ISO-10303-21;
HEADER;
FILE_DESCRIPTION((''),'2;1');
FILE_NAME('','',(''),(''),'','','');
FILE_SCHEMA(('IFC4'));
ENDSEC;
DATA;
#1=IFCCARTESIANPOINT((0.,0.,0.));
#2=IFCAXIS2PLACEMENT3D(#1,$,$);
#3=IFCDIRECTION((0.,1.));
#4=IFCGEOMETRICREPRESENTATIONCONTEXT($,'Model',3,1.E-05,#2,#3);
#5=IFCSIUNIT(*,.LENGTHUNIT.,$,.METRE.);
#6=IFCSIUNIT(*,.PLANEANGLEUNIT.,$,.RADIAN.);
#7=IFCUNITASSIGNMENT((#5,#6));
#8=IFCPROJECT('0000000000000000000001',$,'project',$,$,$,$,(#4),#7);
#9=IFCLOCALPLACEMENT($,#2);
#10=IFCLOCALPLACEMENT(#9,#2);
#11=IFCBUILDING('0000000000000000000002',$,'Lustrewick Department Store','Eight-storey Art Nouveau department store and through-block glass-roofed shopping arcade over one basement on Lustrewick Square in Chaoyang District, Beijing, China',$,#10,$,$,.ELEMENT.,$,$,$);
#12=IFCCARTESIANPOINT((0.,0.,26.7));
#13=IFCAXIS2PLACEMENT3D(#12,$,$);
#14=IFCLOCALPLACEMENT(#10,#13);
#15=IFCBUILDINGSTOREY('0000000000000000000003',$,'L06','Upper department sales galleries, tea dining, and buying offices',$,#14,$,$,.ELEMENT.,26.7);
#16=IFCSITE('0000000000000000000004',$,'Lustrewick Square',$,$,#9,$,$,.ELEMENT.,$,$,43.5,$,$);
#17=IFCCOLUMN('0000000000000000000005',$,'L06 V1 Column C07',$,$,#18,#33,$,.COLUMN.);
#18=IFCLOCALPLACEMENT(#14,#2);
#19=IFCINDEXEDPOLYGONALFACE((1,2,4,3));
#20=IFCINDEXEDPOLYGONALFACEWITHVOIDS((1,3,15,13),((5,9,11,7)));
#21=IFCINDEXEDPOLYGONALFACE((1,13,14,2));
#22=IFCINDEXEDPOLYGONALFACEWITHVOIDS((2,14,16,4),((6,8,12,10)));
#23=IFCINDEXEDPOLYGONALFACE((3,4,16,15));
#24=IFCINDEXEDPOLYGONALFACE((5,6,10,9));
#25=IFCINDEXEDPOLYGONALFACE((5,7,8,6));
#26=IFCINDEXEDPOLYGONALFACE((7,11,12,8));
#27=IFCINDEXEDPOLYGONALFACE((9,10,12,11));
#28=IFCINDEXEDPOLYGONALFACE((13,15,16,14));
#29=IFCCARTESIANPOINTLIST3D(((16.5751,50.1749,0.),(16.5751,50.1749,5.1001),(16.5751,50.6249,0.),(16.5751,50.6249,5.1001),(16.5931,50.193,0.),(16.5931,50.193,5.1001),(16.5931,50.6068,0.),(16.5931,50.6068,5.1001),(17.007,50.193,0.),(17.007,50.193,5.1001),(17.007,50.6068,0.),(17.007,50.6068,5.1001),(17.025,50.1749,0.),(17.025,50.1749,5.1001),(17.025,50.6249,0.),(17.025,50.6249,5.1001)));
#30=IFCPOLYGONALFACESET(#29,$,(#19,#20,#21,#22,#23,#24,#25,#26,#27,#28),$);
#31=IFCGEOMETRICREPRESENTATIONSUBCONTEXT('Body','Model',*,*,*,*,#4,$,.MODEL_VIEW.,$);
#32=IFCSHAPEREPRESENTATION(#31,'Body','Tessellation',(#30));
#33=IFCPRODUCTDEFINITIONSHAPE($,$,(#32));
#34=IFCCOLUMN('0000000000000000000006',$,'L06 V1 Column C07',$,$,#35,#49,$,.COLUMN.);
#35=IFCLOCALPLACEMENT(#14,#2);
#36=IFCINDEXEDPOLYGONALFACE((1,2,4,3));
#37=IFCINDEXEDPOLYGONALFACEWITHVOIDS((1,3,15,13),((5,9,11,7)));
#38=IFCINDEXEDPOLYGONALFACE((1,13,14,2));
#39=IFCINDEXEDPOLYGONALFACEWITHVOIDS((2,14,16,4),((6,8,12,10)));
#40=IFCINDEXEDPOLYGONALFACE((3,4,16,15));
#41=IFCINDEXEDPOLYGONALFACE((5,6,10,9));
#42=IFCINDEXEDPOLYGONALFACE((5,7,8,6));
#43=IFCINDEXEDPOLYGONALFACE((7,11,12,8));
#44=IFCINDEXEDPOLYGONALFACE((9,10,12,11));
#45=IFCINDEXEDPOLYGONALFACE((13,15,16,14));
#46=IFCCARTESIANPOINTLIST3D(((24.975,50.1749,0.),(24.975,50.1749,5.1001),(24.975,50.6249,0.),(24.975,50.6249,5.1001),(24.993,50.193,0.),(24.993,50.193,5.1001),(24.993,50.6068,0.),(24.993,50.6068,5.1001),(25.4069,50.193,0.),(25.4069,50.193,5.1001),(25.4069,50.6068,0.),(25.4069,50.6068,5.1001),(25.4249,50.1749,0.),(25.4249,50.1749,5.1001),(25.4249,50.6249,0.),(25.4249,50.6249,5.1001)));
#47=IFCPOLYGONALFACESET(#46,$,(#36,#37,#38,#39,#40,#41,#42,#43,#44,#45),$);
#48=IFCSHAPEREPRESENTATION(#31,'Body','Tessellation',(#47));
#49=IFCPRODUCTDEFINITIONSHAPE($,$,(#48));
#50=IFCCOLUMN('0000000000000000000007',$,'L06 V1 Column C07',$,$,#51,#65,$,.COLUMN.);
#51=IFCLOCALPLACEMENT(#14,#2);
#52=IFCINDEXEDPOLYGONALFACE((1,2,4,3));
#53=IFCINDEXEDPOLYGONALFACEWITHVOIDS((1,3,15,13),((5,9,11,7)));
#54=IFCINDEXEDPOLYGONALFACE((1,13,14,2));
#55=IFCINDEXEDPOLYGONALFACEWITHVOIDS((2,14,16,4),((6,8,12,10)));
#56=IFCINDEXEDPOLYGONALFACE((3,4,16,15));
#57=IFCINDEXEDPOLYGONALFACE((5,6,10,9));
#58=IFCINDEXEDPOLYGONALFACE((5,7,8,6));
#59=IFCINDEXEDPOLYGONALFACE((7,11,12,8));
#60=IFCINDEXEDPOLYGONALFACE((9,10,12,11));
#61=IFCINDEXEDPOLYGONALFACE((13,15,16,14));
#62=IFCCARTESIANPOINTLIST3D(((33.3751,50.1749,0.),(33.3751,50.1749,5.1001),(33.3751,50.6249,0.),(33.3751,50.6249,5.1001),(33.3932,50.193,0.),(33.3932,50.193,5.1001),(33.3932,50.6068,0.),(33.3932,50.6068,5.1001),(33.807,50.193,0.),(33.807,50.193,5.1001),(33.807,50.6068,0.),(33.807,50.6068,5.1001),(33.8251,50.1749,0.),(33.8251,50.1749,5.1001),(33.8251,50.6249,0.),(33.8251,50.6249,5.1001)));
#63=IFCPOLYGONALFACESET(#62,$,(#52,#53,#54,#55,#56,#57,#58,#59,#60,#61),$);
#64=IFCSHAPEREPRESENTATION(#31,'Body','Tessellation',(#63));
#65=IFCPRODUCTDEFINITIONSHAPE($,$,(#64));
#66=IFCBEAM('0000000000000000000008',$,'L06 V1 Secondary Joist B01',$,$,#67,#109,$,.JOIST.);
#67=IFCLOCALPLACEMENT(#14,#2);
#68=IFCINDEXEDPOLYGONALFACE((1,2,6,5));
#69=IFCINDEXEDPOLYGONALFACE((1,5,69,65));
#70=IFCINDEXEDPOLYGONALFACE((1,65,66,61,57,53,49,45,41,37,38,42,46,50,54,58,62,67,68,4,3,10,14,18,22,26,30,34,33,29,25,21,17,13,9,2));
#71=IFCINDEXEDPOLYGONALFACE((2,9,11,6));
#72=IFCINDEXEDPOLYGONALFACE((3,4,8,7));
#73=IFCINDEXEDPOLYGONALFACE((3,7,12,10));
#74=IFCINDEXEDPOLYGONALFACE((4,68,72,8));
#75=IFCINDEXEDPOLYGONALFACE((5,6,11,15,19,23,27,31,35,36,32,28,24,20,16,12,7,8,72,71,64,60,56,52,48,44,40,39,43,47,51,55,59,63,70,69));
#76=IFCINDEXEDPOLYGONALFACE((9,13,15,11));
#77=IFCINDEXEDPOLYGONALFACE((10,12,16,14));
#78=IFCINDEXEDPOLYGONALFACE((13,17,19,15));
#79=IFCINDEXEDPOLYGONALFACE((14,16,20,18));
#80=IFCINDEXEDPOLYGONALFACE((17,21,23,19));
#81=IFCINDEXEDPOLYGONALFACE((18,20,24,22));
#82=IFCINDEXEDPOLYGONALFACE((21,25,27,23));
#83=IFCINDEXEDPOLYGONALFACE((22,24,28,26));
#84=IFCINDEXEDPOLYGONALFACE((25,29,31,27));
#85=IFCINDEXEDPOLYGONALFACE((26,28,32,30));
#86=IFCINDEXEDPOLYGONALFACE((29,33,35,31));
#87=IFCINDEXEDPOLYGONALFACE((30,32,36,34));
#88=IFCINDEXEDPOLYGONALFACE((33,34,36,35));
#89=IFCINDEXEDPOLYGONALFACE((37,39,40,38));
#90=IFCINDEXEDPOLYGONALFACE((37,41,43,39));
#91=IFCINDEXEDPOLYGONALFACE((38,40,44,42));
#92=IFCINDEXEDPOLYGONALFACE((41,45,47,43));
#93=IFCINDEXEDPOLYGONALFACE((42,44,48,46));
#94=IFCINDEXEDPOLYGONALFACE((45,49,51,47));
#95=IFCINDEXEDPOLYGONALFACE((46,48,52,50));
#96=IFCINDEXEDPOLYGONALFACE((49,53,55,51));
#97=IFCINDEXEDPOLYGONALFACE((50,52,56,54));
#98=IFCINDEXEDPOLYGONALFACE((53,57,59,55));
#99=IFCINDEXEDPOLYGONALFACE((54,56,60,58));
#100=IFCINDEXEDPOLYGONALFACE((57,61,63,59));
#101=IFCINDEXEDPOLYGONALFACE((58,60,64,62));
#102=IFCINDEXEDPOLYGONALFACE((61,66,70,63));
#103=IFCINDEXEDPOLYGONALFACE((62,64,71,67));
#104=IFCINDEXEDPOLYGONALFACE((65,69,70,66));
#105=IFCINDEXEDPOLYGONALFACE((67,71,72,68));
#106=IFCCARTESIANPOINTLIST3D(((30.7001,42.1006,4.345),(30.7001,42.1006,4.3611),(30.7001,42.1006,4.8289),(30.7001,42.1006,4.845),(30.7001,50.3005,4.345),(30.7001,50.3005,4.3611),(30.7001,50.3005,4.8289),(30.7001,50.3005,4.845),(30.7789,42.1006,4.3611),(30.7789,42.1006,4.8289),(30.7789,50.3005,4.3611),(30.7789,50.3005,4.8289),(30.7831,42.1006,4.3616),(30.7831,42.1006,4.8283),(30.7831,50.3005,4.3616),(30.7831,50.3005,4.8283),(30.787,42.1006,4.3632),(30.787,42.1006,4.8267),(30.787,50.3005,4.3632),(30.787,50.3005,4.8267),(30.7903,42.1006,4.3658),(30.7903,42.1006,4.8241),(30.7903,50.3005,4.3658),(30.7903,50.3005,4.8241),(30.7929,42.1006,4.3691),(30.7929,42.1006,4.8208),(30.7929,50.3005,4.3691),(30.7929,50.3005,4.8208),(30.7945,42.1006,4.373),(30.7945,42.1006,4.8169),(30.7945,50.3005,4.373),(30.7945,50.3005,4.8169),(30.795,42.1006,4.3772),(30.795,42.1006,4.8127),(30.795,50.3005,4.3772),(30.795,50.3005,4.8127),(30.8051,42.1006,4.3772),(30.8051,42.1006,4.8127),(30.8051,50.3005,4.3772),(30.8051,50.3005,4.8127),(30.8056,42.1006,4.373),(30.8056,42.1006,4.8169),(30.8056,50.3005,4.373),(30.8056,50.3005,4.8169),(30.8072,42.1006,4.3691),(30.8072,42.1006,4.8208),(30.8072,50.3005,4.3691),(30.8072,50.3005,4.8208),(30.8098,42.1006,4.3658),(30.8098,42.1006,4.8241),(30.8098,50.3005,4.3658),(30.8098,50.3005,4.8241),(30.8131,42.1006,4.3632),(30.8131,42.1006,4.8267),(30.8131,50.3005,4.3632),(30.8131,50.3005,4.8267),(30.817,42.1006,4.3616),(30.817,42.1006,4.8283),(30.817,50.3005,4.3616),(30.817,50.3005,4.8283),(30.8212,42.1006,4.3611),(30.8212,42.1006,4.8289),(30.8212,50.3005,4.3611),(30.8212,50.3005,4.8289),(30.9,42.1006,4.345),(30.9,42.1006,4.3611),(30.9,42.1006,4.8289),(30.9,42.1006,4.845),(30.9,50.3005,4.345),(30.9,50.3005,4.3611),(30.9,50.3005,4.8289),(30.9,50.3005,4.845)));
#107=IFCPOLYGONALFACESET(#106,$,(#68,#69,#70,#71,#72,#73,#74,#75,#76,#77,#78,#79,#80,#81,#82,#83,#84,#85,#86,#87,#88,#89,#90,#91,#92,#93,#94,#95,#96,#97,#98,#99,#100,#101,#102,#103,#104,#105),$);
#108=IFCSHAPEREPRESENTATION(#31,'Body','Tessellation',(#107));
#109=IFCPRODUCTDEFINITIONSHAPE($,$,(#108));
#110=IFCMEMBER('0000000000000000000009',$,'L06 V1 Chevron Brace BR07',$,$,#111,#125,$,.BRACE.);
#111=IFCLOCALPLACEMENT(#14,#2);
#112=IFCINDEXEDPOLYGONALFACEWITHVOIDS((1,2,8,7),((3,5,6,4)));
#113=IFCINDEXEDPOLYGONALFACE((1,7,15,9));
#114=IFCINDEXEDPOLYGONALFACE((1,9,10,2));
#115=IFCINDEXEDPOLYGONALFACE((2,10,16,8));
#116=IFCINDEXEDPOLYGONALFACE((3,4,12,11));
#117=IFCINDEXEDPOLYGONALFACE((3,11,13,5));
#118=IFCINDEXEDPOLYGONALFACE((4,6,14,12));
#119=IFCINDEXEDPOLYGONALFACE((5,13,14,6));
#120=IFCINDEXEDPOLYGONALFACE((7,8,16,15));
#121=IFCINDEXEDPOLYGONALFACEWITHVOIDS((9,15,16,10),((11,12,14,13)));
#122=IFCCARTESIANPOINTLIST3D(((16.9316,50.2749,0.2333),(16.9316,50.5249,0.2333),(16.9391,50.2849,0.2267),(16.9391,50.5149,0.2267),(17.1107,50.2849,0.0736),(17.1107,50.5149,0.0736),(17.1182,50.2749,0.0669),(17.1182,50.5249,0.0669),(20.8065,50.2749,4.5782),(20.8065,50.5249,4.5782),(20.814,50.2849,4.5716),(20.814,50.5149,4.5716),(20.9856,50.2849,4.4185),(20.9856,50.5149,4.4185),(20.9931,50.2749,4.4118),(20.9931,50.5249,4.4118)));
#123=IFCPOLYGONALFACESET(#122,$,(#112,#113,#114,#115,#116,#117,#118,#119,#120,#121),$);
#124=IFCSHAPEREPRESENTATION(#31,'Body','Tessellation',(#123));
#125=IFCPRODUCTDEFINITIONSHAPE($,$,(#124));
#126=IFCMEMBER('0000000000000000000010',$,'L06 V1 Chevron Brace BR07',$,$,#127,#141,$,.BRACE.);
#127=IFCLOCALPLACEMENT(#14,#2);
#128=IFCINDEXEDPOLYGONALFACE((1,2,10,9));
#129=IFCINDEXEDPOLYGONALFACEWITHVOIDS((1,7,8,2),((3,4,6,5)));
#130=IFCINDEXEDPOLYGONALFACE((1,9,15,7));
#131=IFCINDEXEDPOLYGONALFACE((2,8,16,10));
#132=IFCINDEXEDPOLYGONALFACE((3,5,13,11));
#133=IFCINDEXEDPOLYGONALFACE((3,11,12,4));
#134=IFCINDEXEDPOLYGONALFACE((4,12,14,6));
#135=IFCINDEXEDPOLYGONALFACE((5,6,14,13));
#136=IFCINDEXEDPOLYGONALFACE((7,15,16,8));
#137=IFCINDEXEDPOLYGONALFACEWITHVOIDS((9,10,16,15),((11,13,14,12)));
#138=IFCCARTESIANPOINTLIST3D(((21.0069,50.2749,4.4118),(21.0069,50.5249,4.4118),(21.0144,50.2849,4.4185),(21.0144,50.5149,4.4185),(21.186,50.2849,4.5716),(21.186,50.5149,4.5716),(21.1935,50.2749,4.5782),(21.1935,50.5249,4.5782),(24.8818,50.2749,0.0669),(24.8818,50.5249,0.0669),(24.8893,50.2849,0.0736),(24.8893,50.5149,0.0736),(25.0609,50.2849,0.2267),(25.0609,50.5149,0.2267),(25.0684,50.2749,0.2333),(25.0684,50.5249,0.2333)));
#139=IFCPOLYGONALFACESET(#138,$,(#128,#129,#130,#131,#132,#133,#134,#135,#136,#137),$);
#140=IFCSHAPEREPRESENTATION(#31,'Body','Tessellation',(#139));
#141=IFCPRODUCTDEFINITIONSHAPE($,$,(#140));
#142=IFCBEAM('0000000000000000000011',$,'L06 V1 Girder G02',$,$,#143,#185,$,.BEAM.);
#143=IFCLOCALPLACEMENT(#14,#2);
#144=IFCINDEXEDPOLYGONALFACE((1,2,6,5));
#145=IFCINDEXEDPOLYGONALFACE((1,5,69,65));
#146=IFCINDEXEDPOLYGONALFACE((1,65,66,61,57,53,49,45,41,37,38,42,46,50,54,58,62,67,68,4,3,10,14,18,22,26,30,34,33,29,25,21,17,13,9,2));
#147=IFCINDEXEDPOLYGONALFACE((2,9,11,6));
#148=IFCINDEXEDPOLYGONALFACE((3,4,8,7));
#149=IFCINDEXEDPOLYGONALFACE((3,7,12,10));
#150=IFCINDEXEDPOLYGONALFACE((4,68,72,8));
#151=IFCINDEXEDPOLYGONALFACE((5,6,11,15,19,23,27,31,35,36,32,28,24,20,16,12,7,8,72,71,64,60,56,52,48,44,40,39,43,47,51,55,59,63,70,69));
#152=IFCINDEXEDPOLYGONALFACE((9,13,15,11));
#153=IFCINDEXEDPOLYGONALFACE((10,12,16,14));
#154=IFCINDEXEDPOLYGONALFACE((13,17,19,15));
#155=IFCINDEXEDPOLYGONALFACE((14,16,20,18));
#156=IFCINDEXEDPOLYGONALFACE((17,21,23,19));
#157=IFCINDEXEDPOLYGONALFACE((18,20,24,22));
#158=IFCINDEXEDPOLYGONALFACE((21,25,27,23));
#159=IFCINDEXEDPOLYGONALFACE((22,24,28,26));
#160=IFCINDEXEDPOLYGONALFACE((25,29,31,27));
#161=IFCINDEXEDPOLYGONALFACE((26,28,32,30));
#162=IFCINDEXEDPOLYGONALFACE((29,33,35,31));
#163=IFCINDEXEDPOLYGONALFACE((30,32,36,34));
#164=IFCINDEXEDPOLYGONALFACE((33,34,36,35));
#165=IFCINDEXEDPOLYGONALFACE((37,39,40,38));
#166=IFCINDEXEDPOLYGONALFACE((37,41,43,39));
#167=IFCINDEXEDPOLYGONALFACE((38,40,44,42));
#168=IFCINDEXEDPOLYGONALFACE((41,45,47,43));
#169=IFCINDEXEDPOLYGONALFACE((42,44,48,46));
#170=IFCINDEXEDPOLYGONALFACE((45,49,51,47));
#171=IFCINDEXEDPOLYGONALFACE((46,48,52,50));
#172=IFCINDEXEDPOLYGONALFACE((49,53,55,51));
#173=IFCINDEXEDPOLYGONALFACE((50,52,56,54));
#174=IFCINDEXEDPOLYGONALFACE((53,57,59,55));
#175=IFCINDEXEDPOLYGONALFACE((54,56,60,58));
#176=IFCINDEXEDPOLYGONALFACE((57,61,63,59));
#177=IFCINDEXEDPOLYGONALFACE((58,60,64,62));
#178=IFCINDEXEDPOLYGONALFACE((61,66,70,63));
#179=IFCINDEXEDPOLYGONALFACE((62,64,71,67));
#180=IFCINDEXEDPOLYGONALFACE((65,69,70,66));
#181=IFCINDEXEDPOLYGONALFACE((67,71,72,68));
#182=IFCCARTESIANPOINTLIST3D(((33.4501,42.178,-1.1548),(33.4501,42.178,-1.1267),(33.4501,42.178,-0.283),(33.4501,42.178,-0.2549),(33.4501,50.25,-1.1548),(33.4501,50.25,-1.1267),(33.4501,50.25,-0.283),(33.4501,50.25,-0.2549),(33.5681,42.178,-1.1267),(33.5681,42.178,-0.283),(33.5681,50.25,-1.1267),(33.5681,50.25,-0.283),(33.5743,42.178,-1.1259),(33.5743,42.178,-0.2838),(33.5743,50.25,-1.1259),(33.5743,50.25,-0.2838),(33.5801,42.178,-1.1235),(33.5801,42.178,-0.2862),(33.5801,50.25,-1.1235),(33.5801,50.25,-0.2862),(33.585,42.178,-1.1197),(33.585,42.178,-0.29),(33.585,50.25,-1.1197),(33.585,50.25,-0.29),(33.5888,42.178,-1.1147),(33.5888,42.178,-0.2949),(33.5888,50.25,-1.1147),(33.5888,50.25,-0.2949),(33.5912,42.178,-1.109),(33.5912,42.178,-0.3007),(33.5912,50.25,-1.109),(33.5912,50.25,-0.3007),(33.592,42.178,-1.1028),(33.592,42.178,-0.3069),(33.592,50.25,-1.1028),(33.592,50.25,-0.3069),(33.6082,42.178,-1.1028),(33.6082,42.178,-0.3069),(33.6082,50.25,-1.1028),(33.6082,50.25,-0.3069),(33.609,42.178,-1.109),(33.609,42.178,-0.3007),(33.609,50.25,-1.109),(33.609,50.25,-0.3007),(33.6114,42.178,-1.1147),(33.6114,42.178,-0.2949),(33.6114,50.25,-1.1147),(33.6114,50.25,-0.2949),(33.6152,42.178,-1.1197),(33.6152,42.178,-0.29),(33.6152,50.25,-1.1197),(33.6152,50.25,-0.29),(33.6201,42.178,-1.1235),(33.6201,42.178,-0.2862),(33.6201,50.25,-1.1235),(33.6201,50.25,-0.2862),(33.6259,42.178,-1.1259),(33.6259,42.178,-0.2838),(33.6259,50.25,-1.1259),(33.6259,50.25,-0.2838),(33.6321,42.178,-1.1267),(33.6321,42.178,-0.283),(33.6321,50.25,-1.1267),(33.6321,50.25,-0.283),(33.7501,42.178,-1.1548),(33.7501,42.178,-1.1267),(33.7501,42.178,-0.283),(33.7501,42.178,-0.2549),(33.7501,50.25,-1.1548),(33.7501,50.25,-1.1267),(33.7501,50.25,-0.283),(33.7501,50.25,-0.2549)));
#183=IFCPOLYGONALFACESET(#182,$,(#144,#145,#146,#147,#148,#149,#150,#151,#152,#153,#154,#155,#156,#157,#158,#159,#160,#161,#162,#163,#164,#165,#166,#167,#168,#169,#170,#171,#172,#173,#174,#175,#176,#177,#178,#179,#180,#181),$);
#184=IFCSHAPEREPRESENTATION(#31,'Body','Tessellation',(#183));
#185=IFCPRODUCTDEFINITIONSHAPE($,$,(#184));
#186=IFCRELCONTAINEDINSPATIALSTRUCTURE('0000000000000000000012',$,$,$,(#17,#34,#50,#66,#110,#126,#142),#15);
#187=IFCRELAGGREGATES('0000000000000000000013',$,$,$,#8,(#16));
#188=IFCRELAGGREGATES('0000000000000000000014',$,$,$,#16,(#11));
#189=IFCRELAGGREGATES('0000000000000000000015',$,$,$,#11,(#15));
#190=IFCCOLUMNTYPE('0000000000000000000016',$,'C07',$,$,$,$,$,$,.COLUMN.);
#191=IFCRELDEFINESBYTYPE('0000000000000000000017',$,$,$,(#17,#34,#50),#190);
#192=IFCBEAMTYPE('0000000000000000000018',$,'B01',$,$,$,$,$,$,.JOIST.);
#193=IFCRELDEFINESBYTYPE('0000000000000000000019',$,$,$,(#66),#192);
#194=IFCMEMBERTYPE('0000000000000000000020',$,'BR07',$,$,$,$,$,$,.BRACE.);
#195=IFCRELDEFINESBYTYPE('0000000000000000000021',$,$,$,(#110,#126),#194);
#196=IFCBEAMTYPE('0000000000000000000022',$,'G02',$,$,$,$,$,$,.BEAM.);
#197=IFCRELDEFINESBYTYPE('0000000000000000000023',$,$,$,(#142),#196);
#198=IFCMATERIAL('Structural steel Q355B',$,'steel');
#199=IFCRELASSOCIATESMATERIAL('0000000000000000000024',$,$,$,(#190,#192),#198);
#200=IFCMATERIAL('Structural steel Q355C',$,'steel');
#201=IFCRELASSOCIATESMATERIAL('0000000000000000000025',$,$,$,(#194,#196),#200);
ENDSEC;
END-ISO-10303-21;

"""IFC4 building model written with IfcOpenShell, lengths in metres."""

from ifc_helpers import new_model, si_unit, direction, frame, origin, origin_2d, place, context, subcontext, project, spatial, hollow_rectangle, i_section, extrude, material, material_profile, profile_set, type_object, element, save


model = new_model("IFC4")

# Units and contexts
model_context = context("Model", 3, precision=1e-05, world=origin(), true_north=direction((0.0, 1.0)))
body_context = subcontext(model_context, "Body", "Model", "MODEL_VIEW")
ifc_project = project(units=[si_unit("LENGTHUNIT", "METRE"), si_unit("PLANEANGLEUNIT", "RADIAN")], contexts=[model_context])

# Site, building, storey
site_placement = place(None, origin())
site = spatial("IfcSite", under=ifc_project, at=site_placement, Name="Lustrewick Square", CompositionType="ELEMENT", RefElevation=43.5)
building_placement = place(site_placement, origin())
building = spatial("IfcBuilding", under=site, at=building_placement, Name="Lustrewick Department Store", Description="Eight-storey Art Nouveau department store and through-block glass-roofed shopping arcade over one basement on Lustrewick Square in Chaoyang District, Beijing, China", CompositionType="ELEMENT")
storey_placement = place(building_placement, frame((0.0, 0.0, 26.7)))
storey = spatial("IfcBuildingStorey", under=building, at=storey_placement, Name="L06", Description="Upper department sales galleries, tea dining, and buying offices", CompositionType="ELEMENT", Elevation=26.7)

# Columns
ifc_material_1 = material(Name="Structural steel Q355B", Category="steel")
ifc_material_profile_1 = material_profile(ifc_material_1, hollow_rectangle(XDim=0.45, YDim=0.45, WallThickness=0.0181, at=origin_2d()), Name="BOX 450x450x18")
ifc_profile_set_1 = profile_set([ifc_material_profile_1], Name="Structural steel Q355B")
column_type = type_object("IfcColumnType", Name="C07", PredefinedType="COLUMN", material=ifc_profile_set_1)
for number, where, z_axis, x_axis, name in (
    (1, (16.8, 50.3999, 0.0), (0.0, 0.0, 1.0), (1.0, 0.0, 0.0), "L06 V1 Column C07"),
    (2, (25.2, 50.3999, 0.0), (0.0, 0.0, 1.0), (1.0, 0.0, 0.0), "L06 V1 Column C07"),
    (3, (33.6001, 50.3999, 0.0), (0.0, 0.0, 1.0), (1.0, 0.0, 0.0), "L06 V1 Column C07"),
):
    element("IfcColumn", number, at=place(storey_placement, frame(where, z_axis=z_axis, x_axis=x_axis)), inside=storey, type_object=column_type, Name=name, PredefinedType="COLUMN", context=body_context, shape_type="SweptSolid", body=[
        extrude(hollow_rectangle(XDim=0.45, YDim=0.45, WallThickness=0.0181, at=origin_2d()), origin(), (0.0, 0.0, 1.0), 5.1001),
    ])

# Beam
ifc_material_profile_2 = material_profile(ifc_material_1, i_section(OverallWidth=0.2, OverallDepth=0.5, WebThickness=0.01, FlangeThickness=0.0161, FilletRadius=0.0161, at=origin_2d()), Name="HN 500x200x10x16")
ifc_profile_set_2 = profile_set([ifc_material_profile_2], Name="Structural steel Q355B")
beam_type_1 = type_object("IfcBeamType", Name="B01", PredefinedType="JOIST", material=ifc_profile_set_2)
beam_1_placement = place(storey_placement, frame((30.8, 42.1006, 4.595), z_axis=(0.0, 1.0, 0.0), x_axis=(-1.0, 0.0, 0.0)))
element("IfcBeam", 4, at=beam_1_placement, inside=storey, type_object=beam_type_1, Name="L06 V1 Secondary Joist B01", PredefinedType="JOIST", context=body_context, shape_type="SweptSolid", body=[
    extrude(i_section(OverallWidth=0.2, OverallDepth=0.5, WebThickness=0.01, FlangeThickness=0.0161, FilletRadius=0.0161, at=origin_2d()), origin(), (0.0, 0.0, 1.0), 8.2),
])

# Members
ifc_material_2 = material(Name="Structural steel Q355C", Category="steel")
ifc_material_profile_3 = material_profile(ifc_material_2, hollow_rectangle(XDim=0.25, YDim=0.25, WallThickness=0.01, at=origin_2d()), Name="SHS 250x250x10")
ifc_profile_set_3 = profile_set([ifc_material_profile_3], Name="Structural steel Q355C")
member_type = type_object("IfcMemberType", Name="BR07", PredefinedType="BRACE", material=ifc_profile_set_3)
for number, where, z_axis, x_axis, name in (
    (5, (17.0249, 50.3999, 0.1501), (0.665591, 0.0, 0.746316), (0.0, 1.0, 0.0), "L06 V1 Chevron Brace BR07"),
    (6, (24.9751, 50.3999, 0.1501), (-0.665591, 0.0, 0.746316), (0.0, -1.0, 0.0), "L06 V1 Chevron Brace BR07"),
):
    element("IfcMember", number, at=place(storey_placement, frame(where, z_axis=z_axis, x_axis=x_axis)), inside=storey, type_object=member_type, Name=name, PredefinedType="BRACE", context=body_context, shape_type="SweptSolid", body=[
        extrude(hollow_rectangle(XDim=0.25, YDim=0.25, WallThickness=0.01, at=origin_2d()), origin(), (0.0, 0.0, 1.0), 5.8218),
    ])

# Beam
ifc_material_profile_4 = material_profile(ifc_material_2, i_section(OverallWidth=0.3, OverallDepth=0.8999, WebThickness=0.0161, FlangeThickness=0.0281, FilletRadius=0.0239, at=origin_2d()), Name="HN 900x300x16x28")
ifc_profile_set_4 = profile_set([ifc_material_profile_4], Name="Structural steel Q355C")
beam_type_2 = type_object("IfcBeamType", Name="G02", PredefinedType="BEAM", material=ifc_profile_set_4)
beam_2_placement = place(storey_placement, frame((33.6001, 42.178, -0.7048), z_axis=(0.0, 1.0, 0.0), x_axis=(-1.0, 0.0, 0.0)))
element("IfcBeam", 7, at=beam_2_placement, inside=storey, type_object=beam_type_2, Name="L06 V1 Girder G02", PredefinedType="BEAM", context=body_context, shape_type="SweptSolid", body=[
    extrude(i_section(OverallWidth=0.3, OverallDepth=0.8999, WebThickness=0.0161, FlangeThickness=0.0281, FilletRadius=0.0239, at=origin_2d()), origin(), (0.0, 0.0, 1.0), 8.072),
])

save(model, "model.ifc")
